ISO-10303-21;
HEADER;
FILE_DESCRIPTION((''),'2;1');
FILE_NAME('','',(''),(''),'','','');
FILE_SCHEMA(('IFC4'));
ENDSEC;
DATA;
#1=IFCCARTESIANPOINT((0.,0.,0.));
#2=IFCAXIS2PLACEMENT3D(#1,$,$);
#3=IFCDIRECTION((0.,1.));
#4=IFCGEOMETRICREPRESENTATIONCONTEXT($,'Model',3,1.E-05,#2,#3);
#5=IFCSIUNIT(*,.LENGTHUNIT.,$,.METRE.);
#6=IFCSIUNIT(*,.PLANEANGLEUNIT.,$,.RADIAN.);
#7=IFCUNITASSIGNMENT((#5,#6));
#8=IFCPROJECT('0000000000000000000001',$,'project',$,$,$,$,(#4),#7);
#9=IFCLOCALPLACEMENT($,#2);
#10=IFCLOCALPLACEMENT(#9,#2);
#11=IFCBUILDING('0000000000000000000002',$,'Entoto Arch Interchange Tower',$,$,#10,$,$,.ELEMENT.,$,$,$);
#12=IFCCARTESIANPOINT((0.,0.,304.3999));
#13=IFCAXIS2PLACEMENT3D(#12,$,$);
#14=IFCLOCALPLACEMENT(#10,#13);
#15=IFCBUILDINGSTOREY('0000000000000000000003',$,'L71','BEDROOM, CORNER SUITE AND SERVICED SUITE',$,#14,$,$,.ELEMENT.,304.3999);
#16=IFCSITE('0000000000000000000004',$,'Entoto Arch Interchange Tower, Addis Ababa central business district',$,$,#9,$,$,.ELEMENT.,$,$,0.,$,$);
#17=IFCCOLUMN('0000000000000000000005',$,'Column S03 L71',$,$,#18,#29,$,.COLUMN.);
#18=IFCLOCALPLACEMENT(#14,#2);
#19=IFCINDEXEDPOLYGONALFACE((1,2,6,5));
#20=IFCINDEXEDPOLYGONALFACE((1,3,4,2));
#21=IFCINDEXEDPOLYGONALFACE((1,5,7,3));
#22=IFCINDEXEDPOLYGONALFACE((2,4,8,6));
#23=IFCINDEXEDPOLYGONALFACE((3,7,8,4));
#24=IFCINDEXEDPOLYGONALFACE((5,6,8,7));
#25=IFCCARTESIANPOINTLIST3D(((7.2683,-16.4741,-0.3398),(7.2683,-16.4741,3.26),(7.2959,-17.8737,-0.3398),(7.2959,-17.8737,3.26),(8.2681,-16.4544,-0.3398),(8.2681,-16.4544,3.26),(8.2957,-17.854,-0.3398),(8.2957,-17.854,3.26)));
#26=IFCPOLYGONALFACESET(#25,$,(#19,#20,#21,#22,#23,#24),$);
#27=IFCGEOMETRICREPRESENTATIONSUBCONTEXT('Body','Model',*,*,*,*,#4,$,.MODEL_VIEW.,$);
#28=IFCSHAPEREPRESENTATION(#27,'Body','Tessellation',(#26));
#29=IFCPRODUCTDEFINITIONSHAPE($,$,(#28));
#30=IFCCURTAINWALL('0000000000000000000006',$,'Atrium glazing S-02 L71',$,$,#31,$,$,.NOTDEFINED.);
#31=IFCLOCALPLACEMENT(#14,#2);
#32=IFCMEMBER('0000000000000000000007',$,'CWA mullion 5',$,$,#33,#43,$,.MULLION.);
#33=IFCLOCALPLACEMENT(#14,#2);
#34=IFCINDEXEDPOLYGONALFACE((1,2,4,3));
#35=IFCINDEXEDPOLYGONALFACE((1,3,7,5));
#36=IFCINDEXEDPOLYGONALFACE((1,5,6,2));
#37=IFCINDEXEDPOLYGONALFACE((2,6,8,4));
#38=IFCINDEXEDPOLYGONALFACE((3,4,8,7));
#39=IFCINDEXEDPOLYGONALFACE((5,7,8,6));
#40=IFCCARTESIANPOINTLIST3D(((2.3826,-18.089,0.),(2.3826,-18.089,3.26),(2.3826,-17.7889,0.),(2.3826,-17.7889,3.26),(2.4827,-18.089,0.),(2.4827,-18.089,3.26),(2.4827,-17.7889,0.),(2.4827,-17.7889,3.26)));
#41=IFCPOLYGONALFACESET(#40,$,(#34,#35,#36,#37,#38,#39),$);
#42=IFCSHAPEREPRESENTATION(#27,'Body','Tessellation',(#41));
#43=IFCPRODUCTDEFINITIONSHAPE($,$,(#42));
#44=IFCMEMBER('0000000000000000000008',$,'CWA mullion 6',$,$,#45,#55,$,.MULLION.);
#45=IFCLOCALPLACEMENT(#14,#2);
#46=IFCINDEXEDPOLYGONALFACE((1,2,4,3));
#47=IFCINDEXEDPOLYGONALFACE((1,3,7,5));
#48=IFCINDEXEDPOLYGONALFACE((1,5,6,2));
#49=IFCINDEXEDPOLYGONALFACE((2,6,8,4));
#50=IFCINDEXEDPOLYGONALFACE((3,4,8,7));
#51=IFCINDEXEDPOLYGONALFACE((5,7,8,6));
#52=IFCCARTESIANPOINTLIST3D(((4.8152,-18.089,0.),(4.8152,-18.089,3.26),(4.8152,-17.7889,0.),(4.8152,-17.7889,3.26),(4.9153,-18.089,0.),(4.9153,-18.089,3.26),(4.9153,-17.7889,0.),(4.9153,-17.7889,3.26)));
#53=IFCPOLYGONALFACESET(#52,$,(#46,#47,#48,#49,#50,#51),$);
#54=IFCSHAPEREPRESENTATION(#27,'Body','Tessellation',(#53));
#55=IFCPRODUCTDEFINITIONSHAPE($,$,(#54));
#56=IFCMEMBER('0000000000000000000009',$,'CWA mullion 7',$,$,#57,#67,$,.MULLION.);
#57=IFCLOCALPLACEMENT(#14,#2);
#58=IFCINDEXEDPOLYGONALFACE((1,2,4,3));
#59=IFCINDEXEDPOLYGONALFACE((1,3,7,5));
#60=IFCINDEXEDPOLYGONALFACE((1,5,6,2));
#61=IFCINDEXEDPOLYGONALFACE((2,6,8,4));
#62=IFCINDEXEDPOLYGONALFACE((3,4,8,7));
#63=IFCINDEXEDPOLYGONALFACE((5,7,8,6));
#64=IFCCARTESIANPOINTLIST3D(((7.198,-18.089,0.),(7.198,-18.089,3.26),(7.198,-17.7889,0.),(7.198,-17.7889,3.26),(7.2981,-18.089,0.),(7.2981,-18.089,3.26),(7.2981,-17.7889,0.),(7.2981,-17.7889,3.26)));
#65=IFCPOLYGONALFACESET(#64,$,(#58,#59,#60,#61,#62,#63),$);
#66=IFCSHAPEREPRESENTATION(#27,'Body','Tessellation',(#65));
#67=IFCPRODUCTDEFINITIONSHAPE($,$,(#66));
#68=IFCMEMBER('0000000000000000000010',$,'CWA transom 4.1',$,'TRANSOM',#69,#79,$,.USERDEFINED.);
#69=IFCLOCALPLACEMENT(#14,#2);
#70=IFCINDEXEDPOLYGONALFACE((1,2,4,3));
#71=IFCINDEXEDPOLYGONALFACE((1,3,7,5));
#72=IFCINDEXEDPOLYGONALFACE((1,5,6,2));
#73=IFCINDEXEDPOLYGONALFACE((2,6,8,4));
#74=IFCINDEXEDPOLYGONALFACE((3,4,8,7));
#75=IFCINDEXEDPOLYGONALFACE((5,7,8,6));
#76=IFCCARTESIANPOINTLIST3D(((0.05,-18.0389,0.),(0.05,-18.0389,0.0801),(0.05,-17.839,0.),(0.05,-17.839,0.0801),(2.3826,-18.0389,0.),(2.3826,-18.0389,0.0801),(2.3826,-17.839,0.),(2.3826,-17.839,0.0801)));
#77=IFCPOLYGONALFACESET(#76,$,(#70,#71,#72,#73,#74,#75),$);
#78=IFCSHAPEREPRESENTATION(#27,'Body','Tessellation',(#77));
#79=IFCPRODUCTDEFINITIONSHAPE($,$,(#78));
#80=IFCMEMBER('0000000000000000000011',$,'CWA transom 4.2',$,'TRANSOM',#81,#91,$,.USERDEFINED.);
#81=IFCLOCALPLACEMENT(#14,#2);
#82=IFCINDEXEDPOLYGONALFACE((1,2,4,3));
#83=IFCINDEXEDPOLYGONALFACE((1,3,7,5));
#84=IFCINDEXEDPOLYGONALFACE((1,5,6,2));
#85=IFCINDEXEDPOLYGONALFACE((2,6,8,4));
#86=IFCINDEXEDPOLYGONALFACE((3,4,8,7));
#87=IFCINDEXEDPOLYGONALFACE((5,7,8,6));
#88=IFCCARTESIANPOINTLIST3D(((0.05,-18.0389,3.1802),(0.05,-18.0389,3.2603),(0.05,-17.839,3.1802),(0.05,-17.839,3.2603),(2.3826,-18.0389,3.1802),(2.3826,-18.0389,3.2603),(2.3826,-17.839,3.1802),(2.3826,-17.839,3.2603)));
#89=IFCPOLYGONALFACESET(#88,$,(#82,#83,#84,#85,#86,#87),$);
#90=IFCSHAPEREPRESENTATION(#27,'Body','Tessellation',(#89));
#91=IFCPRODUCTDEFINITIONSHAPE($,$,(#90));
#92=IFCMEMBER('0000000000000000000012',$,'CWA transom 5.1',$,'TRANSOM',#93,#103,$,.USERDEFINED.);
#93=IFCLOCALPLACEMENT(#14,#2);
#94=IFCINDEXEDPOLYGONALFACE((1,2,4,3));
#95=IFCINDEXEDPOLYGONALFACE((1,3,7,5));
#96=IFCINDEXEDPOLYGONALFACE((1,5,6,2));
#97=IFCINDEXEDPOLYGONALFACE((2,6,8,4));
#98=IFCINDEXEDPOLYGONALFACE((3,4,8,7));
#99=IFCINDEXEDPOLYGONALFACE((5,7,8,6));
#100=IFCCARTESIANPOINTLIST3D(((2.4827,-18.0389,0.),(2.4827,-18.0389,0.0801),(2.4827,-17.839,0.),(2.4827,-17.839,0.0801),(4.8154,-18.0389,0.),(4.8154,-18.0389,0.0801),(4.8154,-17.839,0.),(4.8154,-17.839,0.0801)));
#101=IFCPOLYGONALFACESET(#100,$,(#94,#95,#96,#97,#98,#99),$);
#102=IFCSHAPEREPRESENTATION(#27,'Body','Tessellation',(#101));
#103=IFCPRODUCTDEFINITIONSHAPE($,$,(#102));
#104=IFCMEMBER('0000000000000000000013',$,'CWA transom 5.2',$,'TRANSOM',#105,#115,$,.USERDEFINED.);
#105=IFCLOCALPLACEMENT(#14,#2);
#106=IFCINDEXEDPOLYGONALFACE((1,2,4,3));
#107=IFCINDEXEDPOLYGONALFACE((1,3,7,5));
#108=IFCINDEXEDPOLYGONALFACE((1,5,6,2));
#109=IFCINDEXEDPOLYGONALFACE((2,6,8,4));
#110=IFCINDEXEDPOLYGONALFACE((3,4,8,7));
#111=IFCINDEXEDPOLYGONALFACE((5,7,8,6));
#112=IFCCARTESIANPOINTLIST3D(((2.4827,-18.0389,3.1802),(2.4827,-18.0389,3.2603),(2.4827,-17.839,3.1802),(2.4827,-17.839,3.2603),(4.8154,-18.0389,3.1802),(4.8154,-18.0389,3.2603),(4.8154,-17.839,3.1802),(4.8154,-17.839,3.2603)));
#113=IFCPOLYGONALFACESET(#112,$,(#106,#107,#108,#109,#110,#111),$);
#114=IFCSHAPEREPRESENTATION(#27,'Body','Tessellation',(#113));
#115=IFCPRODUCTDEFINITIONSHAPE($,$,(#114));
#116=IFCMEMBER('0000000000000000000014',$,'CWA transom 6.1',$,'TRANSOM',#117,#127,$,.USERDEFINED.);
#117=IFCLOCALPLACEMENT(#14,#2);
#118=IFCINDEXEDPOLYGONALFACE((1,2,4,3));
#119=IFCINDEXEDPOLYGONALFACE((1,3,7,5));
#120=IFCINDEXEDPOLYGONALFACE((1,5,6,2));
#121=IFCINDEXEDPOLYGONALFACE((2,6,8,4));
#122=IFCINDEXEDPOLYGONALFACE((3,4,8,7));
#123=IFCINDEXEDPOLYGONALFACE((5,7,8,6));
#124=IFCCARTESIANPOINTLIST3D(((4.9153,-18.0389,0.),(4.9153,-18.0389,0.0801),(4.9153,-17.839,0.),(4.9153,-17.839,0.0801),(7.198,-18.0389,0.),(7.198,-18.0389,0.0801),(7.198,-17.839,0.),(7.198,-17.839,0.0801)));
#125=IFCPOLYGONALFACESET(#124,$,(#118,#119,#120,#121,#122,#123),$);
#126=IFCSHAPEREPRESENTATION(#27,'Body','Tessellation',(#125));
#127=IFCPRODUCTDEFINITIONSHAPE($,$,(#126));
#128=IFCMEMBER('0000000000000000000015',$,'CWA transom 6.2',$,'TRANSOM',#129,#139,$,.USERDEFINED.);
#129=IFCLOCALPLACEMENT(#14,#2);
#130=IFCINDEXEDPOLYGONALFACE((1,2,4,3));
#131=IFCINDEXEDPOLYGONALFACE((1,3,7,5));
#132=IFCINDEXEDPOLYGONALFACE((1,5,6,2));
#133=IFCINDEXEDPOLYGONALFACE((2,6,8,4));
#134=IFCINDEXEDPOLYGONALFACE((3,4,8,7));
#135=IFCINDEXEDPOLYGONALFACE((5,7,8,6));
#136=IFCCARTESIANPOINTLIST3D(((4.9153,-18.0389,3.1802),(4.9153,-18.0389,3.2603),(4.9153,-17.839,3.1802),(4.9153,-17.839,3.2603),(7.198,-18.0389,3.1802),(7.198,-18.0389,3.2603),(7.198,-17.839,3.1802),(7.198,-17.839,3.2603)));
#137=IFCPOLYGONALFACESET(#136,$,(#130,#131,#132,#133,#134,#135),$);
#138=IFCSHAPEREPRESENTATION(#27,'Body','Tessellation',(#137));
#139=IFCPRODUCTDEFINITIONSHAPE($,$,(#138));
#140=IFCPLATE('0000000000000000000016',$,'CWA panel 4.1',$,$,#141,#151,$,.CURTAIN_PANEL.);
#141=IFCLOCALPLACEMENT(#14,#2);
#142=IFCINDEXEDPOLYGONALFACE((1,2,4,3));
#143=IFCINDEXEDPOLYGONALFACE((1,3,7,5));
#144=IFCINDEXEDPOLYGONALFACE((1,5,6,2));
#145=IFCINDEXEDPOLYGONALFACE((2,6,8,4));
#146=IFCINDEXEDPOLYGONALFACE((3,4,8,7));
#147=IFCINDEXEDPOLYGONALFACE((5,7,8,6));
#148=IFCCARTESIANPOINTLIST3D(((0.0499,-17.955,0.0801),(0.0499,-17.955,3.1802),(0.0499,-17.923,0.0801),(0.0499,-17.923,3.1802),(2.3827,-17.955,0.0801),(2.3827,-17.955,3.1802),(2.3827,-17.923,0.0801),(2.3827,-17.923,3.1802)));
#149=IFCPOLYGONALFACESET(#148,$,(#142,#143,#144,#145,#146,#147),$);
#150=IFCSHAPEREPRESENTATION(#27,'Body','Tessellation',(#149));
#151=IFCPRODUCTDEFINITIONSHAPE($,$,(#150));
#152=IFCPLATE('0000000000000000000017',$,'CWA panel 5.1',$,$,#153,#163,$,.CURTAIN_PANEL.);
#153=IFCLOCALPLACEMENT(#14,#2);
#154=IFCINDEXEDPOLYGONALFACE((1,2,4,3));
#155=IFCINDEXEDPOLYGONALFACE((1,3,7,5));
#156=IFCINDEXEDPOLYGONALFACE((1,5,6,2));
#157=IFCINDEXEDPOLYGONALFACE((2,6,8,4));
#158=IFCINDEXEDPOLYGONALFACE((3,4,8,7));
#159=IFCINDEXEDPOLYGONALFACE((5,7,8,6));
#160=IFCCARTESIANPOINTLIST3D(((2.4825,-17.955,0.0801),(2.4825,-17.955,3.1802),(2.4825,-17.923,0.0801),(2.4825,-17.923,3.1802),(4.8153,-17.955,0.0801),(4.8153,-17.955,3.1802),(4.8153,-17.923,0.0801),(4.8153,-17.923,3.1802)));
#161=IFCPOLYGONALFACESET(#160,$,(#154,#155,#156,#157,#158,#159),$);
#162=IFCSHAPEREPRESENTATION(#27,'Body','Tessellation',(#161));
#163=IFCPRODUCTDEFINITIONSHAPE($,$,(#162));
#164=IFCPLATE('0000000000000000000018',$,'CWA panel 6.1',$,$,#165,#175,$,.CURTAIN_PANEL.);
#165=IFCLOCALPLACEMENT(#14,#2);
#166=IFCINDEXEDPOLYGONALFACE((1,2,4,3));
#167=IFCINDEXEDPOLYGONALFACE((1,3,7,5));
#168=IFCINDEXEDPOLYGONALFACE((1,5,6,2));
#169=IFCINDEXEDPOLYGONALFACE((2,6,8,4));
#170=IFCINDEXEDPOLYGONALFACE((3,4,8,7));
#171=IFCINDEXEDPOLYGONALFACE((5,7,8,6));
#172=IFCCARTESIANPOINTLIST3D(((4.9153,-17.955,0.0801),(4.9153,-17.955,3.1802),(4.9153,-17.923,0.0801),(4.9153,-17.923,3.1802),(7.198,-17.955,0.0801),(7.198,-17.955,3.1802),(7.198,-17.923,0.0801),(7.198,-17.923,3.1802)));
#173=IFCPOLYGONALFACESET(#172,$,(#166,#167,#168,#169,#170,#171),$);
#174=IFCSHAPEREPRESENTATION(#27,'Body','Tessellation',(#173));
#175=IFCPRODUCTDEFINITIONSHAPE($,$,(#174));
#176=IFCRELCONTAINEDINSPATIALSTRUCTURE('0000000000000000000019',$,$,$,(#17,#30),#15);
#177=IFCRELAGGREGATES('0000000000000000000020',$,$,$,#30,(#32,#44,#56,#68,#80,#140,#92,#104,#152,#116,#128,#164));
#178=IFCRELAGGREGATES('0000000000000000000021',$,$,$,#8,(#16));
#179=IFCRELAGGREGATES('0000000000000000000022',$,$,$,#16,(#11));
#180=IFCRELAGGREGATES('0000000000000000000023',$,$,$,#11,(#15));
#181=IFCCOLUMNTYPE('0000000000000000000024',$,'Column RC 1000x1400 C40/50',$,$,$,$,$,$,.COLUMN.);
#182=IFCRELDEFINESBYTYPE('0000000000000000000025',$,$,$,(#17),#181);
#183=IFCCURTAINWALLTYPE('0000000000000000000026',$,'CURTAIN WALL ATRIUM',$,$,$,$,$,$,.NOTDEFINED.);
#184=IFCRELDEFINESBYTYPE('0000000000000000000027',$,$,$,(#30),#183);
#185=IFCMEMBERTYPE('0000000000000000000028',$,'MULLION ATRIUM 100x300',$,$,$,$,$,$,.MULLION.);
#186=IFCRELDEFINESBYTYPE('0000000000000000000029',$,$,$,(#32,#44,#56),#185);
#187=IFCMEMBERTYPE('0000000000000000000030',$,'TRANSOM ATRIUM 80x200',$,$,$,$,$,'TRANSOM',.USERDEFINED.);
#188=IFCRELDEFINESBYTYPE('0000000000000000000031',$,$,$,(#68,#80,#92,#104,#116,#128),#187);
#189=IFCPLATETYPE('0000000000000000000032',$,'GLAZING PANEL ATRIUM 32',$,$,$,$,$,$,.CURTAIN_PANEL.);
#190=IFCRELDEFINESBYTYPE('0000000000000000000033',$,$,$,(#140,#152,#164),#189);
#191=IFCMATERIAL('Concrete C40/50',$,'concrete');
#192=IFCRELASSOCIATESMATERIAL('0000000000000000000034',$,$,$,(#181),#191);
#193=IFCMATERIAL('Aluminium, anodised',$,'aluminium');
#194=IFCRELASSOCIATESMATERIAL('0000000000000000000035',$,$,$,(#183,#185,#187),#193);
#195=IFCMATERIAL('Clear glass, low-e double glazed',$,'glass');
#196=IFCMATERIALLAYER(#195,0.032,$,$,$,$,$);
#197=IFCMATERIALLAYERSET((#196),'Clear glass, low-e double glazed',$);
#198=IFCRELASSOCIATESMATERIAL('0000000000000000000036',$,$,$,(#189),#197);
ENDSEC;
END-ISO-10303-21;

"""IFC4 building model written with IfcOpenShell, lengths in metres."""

from ifc_helpers import new_model, si_unit, direction, frame, origin, origin_2d, place, context, subcontext, project, spatial, rectangle, extrude, material, layer, layer_set, material_profile, profile_set, type_object, element, aggregate, save


model = new_model("IFC4")

# Units and contexts
model_context = context("Model", 3, precision=1e-05, world=origin(), true_north=direction((0.0, 1.0)))
body_context = subcontext(model_context, "Body", "Model", "MODEL_VIEW")
ifc_project = project(units=[si_unit("LENGTHUNIT", "METRE"), si_unit("PLANEANGLEUNIT", "RADIAN")], contexts=[model_context])

# Site, building, storey
site_placement = place(None, origin())
site = spatial("IfcSite", under=ifc_project, at=site_placement, Name="Entoto Arch Interchange Tower, Addis Ababa central business district", CompositionType="ELEMENT", RefElevation=0.0)
building_placement = place(site_placement, origin())
building = spatial("IfcBuilding", under=site, at=building_placement, Name="Entoto Arch Interchange Tower", CompositionType="ELEMENT")
storey_placement = place(building_placement, frame((0.0, 0.0, 304.3999)))
storey = spatial("IfcBuildingStorey", under=building, at=storey_placement, Name="L71", Description="BEDROOM, CORNER SUITE AND SERVICED SUITE", CompositionType="ELEMENT", Elevation=304.3999)

# Column
ifc_material_1 = material(Name="Concrete C40/50", Category="concrete")
ifc_material_profile_1 = material_profile(ifc_material_1, rectangle(XDim=1.0, YDim=1.3999, at=origin_2d()))
ifc_profile_set_1 = profile_set([ifc_material_profile_1], Name="Concrete C40/50")
column_type = type_object("IfcColumnType", Name="Column RC 1000x1400 C40/50", PredefinedType="COLUMN", material=ifc_profile_set_1)
column_placement = place(storey_placement, frame((7.782, -17.1641, -0.3398), z_axis=(0.0, 0.0, 1.0), x_axis=(0.999806, 0.019721, 0.0)))
element("IfcColumn", 1, at=column_placement, inside=storey, type_object=column_type, Name="Column S03 L71", PredefinedType="COLUMN", context=body_context, shape_type="SweptSolid", body=[
    extrude(rectangle(XDim=1.0, YDim=1.3999, at=origin_2d()), origin(), (0.0, 0.0, 1.0), 3.5999),
])

# Curtain wall, members, plates
ifc_material_2 = material(Name="Aluminium, anodised", Category="aluminium")
curtain_wall_type = type_object("IfcCurtainWallType", Name="CURTAIN WALL ATRIUM", PredefinedType="NOTDEFINED", material=ifc_material_2)
curtain_wall_placement = place(storey_placement, origin())
curtain_wall = element("IfcCurtainWall", 2, at=curtain_wall_placement, inside=storey, type_object=curtain_wall_type, Name="Atrium glazing S-02 L71", PredefinedType="NOTDEFINED")
ifc_material_profile_2 = material_profile(ifc_material_2, rectangle(XDim=0.3, YDim=0.1001, at=origin_2d()))
ifc_profile_set_2 = profile_set([ifc_material_profile_2], Name="Aluminium, anodised")
member_type_1 = type_object("IfcMemberType", Name="MULLION ATRIUM 100x300", PredefinedType="MULLION", material=ifc_profile_set_2)
member_1_placement = place(storey_placement, frame((2.4326, -17.939, 0.0), z_axis=(0.0, 0.0, 1.0), x_axis=(0.0, 1.0, 0.0)))
member_1 = element("IfcMember", 3, at=member_1_placement, type_object=member_type_1, Name="CWA mullion 5", PredefinedType="MULLION", context=body_context, shape_type="SweptSolid", body=[
    extrude(rectangle(XDim=0.3, YDim=0.1001, at=origin_2d()), origin(), (0.0, 0.0, 1.0), 3.26),
])
member_2_placement = place(storey_placement, frame((4.8652, -17.939, 0.0), z_axis=(0.0, 0.0, 1.0), x_axis=(0.0, 1.0, 0.0)))
member_2 = element("IfcMember", 4, at=member_2_placement, type_object=member_type_1, Name="CWA mullion 6", PredefinedType="MULLION", context=body_context, shape_type="SweptSolid", body=[
    extrude(rectangle(XDim=0.3, YDim=0.1001, at=origin_2d()), origin(), (0.0, 0.0, 1.0), 3.26),
])
member_3_placement = place(storey_placement, frame((7.248, -17.939, 0.0), z_axis=(0.0, 0.0, 1.0), x_axis=(0.0, 1.0, 0.0)))
member_3 = element("IfcMember", 5, at=member_3_placement, type_object=member_type_1, Name="CWA mullion 7", PredefinedType="MULLION", context=body_context, shape_type="SweptSolid", body=[
    extrude(rectangle(XDim=0.3, YDim=0.1001, at=origin_2d()), origin(), (0.0, 0.0, 1.0), 3.26),
])
ifc_material_profile_3 = material_profile(ifc_material_2, rectangle(XDim=0.2, YDim=0.0801, at=origin_2d()))
ifc_profile_set_3 = profile_set([ifc_material_profile_3], Name="Aluminium, anodised")
member_type_2 = type_object("IfcMemberType", Name="TRANSOM ATRIUM 80x200", ElementType="TRANSOM", PredefinedType="USERDEFINED", material=ifc_profile_set_3)
member_4_placement = place(storey_placement, frame((0.05, -17.939, 0.04), z_axis=(1.0, 0.0, 0.0), x_axis=(0.0, 1.0, 0.0)))
member_4 = element("IfcMember", 6, at=member_4_placement, type_object=member_type_2, Name="CWA transom 4.1", ObjectType="TRANSOM", PredefinedType="USERDEFINED", context=body_context, shape_type="SweptSolid", body=[
    extrude(rectangle(XDim=0.2, YDim=0.0801, at=origin_2d()), origin(), (0.0, 0.0, 1.0), 2.3325),
])
member_5_placement = place(storey_placement, frame((0.05, -17.939, 3.2202), z_axis=(1.0, 0.0, 0.0), x_axis=(0.0, 1.0, 0.0)))
member_5 = element("IfcMember", 7, at=member_5_placement, type_object=member_type_2, Name="CWA transom 4.2", ObjectType="TRANSOM", PredefinedType="USERDEFINED", context=body_context, shape_type="SweptSolid", body=[
    extrude(rectangle(XDim=0.2, YDim=0.0801, at=origin_2d()), origin(), (0.0, 0.0, 1.0), 2.3325),
])
member_6_placement = place(storey_placement, frame((2.4827, -17.939, 0.04), z_axis=(1.0, 0.0, 0.0), x_axis=(0.0, 1.0, 0.0)))
member_6 = element("IfcMember", 8, at=member_6_placement, type_object=member_type_2, Name="CWA transom 5.1", ObjectType="TRANSOM", PredefinedType="USERDEFINED", context=body_context, shape_type="SweptSolid", body=[
    extrude(rectangle(XDim=0.2, YDim=0.0801, at=origin_2d()), origin(), (0.0, 0.0, 1.0), 2.3328),
])
member_7_placement = place(storey_placement, frame((2.4827, -17.939, 3.2202), z_axis=(1.0, 0.0, 0.0), x_axis=(0.0, 1.0, 0.0)))
member_7 = element("IfcMember", 9, at=member_7_placement, type_object=member_type_2, Name="CWA transom 5.2", ObjectType="TRANSOM", PredefinedType="USERDEFINED", context=body_context, shape_type="SweptSolid", body=[
    extrude(rectangle(XDim=0.2, YDim=0.0801, at=origin_2d()), origin(), (0.0, 0.0, 1.0), 2.3328),
])
member_8_placement = place(storey_placement, frame((4.9153, -17.939, 0.04), z_axis=(1.0, 0.0, 0.0), x_axis=(0.0, 1.0, 0.0)))
member_8 = element("IfcMember", 10, at=member_8_placement, type_object=member_type_2, Name="CWA transom 6.1", ObjectType="TRANSOM", PredefinedType="USERDEFINED", context=body_context, shape_type="SweptSolid", body=[
    extrude(rectangle(XDim=0.2, YDim=0.0801, at=origin_2d()), origin(), (0.0, 0.0, 1.0), 2.2827),
])
member_9_placement = place(storey_placement, frame((4.9153, -17.939, 3.2202), z_axis=(1.0, 0.0, 0.0), x_axis=(0.0, 1.0, 0.0)))
member_9 = element("IfcMember", 11, at=member_9_placement, type_object=member_type_2, Name="CWA transom 6.2", ObjectType="TRANSOM", PredefinedType="USERDEFINED", context=body_context, shape_type="SweptSolid", body=[
    extrude(rectangle(XDim=0.2, YDim=0.0801, at=origin_2d()), origin(), (0.0, 0.0, 1.0), 2.2827),
])
ifc_material_3 = material(Name="Clear glass, low-e double glazed", Category="glass")
ifc_layer_1 = layer(ifc_material_3, 0.032)
ifc_layer_set_1 = layer_set([ifc_layer_1], Name="Clear glass, low-e double glazed")
plate_type = type_object("IfcPlateType", Name="GLAZING PANEL ATRIUM 32", PredefinedType="CURTAIN_PANEL", material=ifc_layer_set_1)
plate_1_placement = place(storey_placement, frame((1.2163, -17.939, 0.0801), z_axis=(0.0, 0.0, 1.0), x_axis=(1.0, 0.0, 0.0)))
plate_1 = element("IfcPlate", 12, at=plate_1_placement, type_object=plate_type, Name="CWA panel 4.1", PredefinedType="CURTAIN_PANEL", context=body_context, shape_type="SweptSolid", body=[
    extrude(rectangle(XDim=2.3328, YDim=0.032, at=origin_2d()), origin(), (0.0, 0.0, 1.0), 3.1001),
])
plate_2_placement = place(storey_placement, frame((3.6489, -17.939, 0.0801), z_axis=(0.0, 0.0, 1.0), x_axis=(1.0, 0.0, 0.0)))
plate_2 = element("IfcPlate", 13, at=plate_2_placement, type_object=plate_type, Name="CWA panel 5.1", PredefinedType="CURTAIN_PANEL", context=body_context, shape_type="SweptSolid", body=[
    extrude(rectangle(XDim=2.3328, YDim=0.032, at=origin_2d()), origin(), (0.0, 0.0, 1.0), 3.1001),
])
plate_3_placement = place(storey_placement, frame((6.0566, -17.939, 0.0801), z_axis=(0.0, 0.0, 1.0), x_axis=(1.0, 0.0, 0.0)))
plate_3 = element("IfcPlate", 14, at=plate_3_placement, type_object=plate_type, Name="CWA panel 6.1", PredefinedType="CURTAIN_PANEL", context=body_context, shape_type="SweptSolid", body=[
    extrude(rectangle(XDim=2.2827, YDim=0.032, at=origin_2d()), origin(), (0.0, 0.0, 1.0), 3.1001),
])
aggregate(curtain_wall, [member_1, member_2, member_3, member_4, member_5, plate_1, member_6, member_7, plate_2, member_8, member_9, plate_3])

save(model, "model.ifc")
